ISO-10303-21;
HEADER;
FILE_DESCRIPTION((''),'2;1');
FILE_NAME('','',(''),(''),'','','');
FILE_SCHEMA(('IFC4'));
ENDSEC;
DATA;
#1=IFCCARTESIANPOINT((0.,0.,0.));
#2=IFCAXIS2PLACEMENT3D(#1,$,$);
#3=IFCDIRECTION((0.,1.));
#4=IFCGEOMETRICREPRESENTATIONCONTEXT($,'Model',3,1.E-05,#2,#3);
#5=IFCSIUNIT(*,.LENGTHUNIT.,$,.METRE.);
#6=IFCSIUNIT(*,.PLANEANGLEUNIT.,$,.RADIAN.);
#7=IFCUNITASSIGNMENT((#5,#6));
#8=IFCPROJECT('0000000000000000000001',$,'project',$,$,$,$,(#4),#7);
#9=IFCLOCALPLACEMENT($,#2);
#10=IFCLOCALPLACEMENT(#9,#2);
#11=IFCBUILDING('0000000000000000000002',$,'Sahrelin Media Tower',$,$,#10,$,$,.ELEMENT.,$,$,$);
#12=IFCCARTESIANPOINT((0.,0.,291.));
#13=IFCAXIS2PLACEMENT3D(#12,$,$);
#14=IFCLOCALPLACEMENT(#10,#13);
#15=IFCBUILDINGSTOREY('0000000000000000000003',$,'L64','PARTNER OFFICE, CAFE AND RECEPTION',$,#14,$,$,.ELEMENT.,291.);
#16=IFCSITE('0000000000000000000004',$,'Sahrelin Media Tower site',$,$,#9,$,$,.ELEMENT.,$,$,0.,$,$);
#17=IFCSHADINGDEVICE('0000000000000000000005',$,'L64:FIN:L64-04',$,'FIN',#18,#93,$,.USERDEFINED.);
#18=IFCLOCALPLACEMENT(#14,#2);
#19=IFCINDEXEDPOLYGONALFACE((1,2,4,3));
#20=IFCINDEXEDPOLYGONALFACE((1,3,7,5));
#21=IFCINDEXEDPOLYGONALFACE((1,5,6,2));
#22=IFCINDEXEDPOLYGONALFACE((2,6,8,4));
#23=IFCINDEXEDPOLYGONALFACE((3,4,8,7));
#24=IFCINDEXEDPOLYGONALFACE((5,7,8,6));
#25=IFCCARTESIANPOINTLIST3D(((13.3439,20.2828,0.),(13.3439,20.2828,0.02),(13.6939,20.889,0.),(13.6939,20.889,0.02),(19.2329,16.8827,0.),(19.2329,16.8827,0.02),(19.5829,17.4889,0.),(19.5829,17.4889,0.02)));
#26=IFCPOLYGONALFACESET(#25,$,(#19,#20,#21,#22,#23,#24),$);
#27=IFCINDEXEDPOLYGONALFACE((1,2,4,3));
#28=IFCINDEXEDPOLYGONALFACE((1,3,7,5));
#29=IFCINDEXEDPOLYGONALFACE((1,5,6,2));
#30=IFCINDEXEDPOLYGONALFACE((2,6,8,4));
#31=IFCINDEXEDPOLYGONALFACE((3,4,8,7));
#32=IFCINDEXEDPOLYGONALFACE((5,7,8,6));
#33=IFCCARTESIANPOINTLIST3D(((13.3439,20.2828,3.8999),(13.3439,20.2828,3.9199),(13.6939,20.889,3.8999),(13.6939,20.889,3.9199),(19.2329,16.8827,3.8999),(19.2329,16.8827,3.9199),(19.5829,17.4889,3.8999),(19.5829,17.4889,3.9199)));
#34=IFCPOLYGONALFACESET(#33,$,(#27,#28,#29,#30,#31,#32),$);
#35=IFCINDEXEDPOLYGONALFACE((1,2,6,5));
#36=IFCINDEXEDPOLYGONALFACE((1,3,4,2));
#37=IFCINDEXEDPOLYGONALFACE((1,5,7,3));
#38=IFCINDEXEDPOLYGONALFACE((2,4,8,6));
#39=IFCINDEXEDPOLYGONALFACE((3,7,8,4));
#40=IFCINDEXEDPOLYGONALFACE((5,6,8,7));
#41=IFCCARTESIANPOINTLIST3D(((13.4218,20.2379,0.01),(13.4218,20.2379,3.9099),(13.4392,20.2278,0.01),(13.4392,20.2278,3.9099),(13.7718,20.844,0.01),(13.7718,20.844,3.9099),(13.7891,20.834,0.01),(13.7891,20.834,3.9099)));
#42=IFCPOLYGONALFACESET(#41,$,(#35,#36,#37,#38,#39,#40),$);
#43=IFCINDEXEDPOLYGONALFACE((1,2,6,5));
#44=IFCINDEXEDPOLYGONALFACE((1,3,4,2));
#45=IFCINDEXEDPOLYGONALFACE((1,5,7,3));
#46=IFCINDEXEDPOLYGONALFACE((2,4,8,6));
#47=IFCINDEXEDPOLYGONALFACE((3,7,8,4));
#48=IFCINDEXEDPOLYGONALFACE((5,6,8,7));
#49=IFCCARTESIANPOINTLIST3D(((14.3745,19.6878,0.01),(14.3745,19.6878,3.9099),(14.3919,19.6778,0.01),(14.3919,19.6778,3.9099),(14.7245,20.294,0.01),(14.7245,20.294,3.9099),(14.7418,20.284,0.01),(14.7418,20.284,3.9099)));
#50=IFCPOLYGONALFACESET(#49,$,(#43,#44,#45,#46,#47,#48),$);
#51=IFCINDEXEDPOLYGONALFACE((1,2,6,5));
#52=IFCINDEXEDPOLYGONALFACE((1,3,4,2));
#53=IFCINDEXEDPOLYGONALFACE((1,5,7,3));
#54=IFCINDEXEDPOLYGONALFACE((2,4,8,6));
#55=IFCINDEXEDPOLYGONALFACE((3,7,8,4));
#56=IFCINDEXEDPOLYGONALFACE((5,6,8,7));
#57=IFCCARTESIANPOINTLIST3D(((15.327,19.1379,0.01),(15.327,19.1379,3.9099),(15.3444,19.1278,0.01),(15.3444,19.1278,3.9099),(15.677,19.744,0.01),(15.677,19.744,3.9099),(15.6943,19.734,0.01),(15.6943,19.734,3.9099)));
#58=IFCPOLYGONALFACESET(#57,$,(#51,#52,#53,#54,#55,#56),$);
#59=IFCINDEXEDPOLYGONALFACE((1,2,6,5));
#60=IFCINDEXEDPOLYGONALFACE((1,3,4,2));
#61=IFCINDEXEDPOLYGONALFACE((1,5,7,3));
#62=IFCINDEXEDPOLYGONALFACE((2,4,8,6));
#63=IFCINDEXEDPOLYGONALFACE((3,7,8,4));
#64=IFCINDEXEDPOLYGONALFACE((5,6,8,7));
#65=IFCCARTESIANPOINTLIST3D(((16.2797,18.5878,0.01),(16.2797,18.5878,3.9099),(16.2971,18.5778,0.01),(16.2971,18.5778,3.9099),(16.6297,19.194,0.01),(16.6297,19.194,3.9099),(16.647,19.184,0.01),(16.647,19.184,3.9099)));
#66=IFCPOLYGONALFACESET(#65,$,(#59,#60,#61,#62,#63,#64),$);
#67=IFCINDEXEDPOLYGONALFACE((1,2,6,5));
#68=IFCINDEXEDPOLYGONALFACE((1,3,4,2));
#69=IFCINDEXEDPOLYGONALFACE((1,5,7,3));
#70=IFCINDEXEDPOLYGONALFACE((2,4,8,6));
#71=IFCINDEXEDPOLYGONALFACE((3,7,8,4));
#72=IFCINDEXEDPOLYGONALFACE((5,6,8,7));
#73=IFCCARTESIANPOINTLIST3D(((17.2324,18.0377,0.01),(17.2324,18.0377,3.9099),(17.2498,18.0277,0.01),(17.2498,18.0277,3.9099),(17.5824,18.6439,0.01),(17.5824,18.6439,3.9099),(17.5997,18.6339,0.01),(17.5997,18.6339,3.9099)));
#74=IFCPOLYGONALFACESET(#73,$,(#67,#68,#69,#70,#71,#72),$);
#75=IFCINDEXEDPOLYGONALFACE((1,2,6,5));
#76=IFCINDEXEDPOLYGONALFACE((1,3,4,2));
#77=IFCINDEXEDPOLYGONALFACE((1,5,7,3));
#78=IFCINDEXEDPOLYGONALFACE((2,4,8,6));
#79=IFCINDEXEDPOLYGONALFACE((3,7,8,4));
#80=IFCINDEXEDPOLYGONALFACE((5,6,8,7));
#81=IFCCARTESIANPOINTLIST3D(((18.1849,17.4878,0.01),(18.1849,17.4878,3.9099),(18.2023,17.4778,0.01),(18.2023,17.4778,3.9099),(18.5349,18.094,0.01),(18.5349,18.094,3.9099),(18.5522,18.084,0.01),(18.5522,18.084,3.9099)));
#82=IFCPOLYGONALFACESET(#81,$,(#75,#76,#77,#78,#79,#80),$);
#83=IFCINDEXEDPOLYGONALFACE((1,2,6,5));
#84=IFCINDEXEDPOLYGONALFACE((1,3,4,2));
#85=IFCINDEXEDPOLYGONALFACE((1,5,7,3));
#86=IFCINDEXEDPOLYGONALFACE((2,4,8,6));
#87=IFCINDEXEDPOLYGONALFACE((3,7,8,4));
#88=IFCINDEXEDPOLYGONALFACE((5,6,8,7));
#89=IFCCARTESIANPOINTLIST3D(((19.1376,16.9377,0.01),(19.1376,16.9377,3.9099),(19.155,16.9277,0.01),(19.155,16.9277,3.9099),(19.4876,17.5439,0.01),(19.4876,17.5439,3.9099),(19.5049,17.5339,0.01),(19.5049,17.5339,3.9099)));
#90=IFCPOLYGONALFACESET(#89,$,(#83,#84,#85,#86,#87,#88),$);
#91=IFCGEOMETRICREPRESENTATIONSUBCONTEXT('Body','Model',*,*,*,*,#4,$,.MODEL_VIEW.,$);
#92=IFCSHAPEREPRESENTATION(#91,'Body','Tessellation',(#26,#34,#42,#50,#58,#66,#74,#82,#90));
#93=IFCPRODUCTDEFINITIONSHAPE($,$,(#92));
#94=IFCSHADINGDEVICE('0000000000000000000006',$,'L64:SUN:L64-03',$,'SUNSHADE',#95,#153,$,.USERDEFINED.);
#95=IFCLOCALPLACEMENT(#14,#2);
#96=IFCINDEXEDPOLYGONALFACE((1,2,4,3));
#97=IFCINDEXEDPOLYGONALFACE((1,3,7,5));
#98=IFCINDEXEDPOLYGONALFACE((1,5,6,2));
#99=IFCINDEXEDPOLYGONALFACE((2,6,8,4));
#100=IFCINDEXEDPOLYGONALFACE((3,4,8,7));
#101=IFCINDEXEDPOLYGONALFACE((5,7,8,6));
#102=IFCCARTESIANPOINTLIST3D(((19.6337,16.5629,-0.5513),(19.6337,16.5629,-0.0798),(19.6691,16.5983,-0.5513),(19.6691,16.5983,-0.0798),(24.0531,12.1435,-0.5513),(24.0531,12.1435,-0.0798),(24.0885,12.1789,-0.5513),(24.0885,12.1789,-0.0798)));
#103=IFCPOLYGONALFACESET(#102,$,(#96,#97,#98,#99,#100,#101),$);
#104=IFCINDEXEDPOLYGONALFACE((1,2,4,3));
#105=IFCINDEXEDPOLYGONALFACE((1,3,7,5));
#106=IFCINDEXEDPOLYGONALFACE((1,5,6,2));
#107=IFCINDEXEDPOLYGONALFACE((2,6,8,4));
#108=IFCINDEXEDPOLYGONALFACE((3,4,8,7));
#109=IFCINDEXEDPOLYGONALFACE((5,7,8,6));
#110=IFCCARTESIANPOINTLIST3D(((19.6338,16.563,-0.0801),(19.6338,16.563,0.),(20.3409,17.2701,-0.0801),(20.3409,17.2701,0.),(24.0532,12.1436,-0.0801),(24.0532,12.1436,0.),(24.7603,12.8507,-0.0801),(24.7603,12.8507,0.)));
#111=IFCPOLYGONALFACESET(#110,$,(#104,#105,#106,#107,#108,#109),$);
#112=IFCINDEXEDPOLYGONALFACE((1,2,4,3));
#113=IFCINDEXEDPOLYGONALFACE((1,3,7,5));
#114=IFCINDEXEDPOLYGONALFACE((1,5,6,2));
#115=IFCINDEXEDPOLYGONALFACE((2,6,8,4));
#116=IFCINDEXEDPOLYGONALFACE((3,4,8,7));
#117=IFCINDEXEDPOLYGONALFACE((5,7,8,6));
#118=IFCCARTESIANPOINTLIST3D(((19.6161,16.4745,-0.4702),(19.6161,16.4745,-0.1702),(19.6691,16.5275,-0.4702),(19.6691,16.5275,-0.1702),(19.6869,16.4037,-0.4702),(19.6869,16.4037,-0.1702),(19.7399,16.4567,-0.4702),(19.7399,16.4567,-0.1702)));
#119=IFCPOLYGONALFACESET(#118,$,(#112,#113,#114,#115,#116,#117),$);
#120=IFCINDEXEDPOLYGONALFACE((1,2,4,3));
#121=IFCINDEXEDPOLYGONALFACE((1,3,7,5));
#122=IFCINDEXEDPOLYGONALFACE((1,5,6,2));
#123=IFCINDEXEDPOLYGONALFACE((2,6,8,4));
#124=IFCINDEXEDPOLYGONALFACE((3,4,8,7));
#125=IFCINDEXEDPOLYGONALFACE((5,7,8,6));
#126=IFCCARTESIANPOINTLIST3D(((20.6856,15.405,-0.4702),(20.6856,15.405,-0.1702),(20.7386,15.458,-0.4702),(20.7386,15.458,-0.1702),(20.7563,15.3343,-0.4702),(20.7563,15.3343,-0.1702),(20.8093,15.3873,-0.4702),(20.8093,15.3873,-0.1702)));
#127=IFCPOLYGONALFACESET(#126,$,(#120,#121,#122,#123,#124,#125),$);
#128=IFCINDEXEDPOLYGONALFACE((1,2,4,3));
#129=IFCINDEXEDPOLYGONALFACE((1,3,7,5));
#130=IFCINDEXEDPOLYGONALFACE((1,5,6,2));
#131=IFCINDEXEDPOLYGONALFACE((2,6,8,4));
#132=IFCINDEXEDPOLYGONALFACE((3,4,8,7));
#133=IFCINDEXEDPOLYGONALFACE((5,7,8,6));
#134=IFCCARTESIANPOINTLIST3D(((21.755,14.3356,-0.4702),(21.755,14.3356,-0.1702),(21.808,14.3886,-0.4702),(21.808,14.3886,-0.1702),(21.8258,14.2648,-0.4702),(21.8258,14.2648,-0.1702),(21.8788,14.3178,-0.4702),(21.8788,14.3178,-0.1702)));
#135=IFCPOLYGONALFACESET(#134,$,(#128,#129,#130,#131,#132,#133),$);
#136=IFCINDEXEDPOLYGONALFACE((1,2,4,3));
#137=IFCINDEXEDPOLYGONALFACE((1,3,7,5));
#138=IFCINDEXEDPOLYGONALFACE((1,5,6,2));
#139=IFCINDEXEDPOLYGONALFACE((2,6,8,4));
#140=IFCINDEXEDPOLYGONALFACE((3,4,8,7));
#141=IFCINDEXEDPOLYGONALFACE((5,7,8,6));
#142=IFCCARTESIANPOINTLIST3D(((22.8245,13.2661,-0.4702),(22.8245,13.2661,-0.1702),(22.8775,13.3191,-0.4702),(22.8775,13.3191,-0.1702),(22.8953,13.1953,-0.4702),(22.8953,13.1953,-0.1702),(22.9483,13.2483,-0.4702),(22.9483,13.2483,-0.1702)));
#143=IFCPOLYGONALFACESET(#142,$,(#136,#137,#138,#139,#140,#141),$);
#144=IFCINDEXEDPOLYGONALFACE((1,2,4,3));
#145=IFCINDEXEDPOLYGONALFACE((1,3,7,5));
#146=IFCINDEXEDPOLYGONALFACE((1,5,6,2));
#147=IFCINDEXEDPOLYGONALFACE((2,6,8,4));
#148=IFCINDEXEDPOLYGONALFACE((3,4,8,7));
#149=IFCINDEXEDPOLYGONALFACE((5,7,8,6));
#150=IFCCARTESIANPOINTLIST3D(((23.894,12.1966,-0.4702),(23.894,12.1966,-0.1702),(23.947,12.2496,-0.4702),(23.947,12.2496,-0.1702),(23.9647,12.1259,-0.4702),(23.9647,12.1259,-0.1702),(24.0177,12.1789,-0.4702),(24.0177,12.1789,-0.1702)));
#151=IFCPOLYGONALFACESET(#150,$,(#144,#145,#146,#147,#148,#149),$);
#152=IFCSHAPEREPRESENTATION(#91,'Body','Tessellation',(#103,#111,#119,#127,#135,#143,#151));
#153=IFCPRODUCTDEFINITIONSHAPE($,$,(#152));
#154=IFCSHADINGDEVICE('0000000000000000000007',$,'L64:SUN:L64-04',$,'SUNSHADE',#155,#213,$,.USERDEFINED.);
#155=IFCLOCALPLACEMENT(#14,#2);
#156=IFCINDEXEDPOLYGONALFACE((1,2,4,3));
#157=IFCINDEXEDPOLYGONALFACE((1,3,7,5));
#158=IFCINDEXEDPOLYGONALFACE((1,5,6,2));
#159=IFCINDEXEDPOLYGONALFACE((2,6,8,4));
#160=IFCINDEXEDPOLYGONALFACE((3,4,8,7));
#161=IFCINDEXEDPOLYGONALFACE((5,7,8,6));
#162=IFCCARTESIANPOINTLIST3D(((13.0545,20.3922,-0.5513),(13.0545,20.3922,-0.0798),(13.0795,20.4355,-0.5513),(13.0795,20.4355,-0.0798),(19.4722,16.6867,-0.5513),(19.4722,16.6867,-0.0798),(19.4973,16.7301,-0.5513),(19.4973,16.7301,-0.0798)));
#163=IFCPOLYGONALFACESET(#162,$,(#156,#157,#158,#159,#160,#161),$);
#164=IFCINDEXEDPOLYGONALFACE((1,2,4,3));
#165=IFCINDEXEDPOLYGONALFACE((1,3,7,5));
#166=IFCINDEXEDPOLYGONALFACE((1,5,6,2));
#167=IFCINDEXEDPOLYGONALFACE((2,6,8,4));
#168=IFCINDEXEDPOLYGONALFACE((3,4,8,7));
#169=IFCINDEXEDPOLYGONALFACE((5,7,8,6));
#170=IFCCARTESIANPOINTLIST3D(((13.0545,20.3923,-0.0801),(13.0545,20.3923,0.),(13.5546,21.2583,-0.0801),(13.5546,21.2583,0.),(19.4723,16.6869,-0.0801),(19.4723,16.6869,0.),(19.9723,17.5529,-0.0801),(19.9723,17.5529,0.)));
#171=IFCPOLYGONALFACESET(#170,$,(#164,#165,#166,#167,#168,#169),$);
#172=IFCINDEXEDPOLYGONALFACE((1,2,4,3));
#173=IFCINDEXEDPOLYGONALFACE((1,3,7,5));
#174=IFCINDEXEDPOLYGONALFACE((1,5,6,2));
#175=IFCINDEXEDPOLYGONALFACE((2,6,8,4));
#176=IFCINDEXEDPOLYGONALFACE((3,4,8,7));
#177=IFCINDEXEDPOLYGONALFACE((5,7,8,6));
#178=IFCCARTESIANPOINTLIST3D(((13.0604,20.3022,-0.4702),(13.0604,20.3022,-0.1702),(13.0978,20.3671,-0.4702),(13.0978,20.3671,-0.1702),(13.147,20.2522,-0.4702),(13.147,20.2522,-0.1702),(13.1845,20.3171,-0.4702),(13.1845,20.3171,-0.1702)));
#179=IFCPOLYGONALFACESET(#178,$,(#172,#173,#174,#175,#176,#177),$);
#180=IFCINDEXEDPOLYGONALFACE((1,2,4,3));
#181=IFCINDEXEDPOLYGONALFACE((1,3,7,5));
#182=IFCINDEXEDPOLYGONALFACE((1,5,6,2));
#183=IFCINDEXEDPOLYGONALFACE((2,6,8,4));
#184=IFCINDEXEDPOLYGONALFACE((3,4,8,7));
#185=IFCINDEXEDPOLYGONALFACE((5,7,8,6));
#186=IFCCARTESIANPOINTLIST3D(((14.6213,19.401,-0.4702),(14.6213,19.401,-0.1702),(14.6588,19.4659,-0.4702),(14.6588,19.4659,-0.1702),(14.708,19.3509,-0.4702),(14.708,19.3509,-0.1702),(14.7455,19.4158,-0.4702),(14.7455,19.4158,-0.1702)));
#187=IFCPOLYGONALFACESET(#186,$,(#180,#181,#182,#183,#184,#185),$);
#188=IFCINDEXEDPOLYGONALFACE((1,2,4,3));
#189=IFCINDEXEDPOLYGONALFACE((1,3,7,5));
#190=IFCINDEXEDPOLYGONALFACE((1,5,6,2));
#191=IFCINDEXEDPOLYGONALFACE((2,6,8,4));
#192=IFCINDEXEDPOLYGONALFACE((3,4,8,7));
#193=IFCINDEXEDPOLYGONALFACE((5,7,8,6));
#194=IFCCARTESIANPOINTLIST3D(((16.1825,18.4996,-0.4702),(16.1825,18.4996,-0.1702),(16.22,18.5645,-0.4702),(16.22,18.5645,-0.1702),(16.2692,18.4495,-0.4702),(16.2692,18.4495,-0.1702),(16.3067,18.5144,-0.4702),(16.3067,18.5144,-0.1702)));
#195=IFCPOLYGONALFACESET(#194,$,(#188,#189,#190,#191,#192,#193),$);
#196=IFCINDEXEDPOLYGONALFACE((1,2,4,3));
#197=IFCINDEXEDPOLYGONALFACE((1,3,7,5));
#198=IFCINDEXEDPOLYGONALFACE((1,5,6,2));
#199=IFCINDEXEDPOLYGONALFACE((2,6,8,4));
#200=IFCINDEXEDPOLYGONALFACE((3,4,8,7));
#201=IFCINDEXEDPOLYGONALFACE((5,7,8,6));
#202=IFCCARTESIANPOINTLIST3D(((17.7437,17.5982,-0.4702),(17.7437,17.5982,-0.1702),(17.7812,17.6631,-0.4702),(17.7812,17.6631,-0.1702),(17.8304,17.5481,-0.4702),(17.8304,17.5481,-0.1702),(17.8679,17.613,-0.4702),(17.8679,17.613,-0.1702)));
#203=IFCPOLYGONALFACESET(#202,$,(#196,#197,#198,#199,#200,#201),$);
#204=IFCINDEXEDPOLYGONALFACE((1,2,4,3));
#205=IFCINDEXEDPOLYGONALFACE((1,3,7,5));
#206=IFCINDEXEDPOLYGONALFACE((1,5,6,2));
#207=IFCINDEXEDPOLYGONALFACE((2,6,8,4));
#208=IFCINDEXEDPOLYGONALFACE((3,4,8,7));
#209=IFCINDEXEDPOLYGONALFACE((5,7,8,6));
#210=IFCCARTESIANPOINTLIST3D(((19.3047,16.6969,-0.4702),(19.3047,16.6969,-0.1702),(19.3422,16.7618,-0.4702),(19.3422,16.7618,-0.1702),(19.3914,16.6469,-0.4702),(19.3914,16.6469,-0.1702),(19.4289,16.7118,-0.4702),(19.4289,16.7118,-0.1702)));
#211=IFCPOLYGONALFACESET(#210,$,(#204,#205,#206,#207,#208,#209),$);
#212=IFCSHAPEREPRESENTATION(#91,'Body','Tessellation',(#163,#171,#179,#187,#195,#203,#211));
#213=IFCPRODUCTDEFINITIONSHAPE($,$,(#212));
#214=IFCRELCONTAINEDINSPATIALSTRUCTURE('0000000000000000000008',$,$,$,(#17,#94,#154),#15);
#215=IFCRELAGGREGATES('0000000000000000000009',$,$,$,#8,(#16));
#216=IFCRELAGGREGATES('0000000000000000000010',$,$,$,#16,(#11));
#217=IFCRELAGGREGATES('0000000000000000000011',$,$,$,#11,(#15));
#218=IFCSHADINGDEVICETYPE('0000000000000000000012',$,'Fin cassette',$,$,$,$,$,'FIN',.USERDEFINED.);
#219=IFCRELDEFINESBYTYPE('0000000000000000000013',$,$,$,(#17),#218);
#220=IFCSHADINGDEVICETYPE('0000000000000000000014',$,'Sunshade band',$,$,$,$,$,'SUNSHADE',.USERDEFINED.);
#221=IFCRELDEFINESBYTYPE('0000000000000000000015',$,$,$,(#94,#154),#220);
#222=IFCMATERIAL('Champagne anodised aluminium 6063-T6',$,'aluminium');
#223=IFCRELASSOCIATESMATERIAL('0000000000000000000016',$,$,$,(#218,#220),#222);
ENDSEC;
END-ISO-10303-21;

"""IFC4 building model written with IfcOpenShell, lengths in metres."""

from ifc_helpers import new_model, si_unit, direction, frame, origin, origin_2d, place, context, subcontext, project, spatial, rectangle, extrude, material, type_object, element, save


model = new_model("IFC4")

# Units and contexts
model_context = context("Model", 3, precision=1e-05, world=origin(), true_north=direction((0.0, 1.0)))
body_context = subcontext(model_context, "Body", "Model", "MODEL_VIEW")
ifc_project = project(units=[si_unit("LENGTHUNIT", "METRE"), si_unit("PLANEANGLEUNIT", "RADIAN")], contexts=[model_context])

# Site, building, storey
site_placement = place(None, origin())
site = spatial("IfcSite", under=ifc_project, at=site_placement, Name="Sahrelin Media Tower site", CompositionType="ELEMENT", RefElevation=0.0)
building_placement = place(site_placement, origin())
building = spatial("IfcBuilding", under=site, at=building_placement, Name="Sahrelin Media Tower", CompositionType="ELEMENT")
storey_placement = place(building_placement, frame((0.0, 0.0, 291.0)))
storey = spatial("IfcBuildingStorey", under=building, at=storey_placement, Name="L64", Description="PARTNER OFFICE, CAFE AND RECEPTION", CompositionType="ELEMENT", Elevation=291.0)

# Shared definitions
ifc_material_1 = material(Name="Champagne anodised aluminium 6063-T6", Category="aluminium")

# Shading devices
shading_device_type_1 = type_object("IfcShadingDeviceType", Name="Fin cassette", ElementType="FIN", PredefinedType="USERDEFINED", material=ifc_material_1)
placement_1 = place(storey_placement, frame((21.8293, 14.3391, 0.0), z_axis=(0.0, 0.0, 1.0), x_axis=(0.707107, -0.707107, 0.0)))
placement_2 = place(storey_placement, frame((16.2534, 18.5222, 0.0), z_axis=(0.0, 0.0, 1.0), x_axis=(0.866019, -0.500011, 0.0)))
element("IfcShadingDevice", 1, at=placement_2, inside=storey, type_object=shading_device_type_1, Name="L64:FIN:L64-04", ObjectType="FIN", PredefinedType="USERDEFINED", context=body_context, shape_type="SweptSolid", body=[
    extrude(rectangle(XDim=6.8, YDim=0.7, at=origin_2d()), frame((0.0, 0.4199, 0.0)), (0.0, 0.0, 1.0), 0.02),
    extrude(rectangle(XDim=6.8, YDim=0.7, at=origin_2d()), frame((0.0, 0.4199, 3.8999)), (0.0, 0.0, 1.0), 0.02),
    extrude(rectangle(XDim=0.02, YDim=0.7, at=origin_2d()), frame((-3.3, 0.4199, 0.01), z_axis=(0.0, 0.0, 1.0), x_axis=(1.0, 0.0, 0.0)), (0.0, 0.0, 1.0), 3.8999),
    extrude(rectangle(XDim=0.02, YDim=0.7, at=origin_2d()), frame((-2.2, 0.4199, 0.01), z_axis=(0.0, 0.0, 1.0), x_axis=(1.0, 0.0, 0.0)), (0.0, 0.0, 1.0), 3.8999),
    extrude(rectangle(XDim=0.02, YDim=0.7, at=origin_2d()), frame((-1.1001, 0.4199, 0.01), z_axis=(0.0, 0.0, 1.0), x_axis=(1.0, 0.0, 0.0)), (0.0, 0.0, 1.0), 3.8999),
    extrude(rectangle(XDim=0.02, YDim=0.7, at=origin_2d()), frame((0.0, 0.4199, 0.01), z_axis=(0.0, 0.0, 1.0), x_axis=(1.0, 0.0, 0.0)), (0.0, 0.0, 1.0), 3.8999),
    extrude(rectangle(XDim=0.02, YDim=0.7, at=origin_2d()), frame((1.1001, 0.4199, 0.01), z_axis=(0.0, 0.0, 1.0), x_axis=(1.0, 0.0, 0.0)), (0.0, 0.0, 1.0), 3.8999),
    extrude(rectangle(XDim=0.02, YDim=0.7, at=origin_2d()), frame((2.2, 0.4199, 0.01), z_axis=(0.0, 0.0, 1.0), x_axis=(1.0, 0.0, 0.0)), (0.0, 0.0, 1.0), 3.8999),
    extrude(rectangle(XDim=0.02, YDim=0.7, at=origin_2d()), frame((3.3, 0.4199, 0.01), z_axis=(0.0, 0.0, 1.0), x_axis=(1.0, 0.0, 0.0)), (0.0, 0.0, 1.0), 3.8999),
])
shading_device_type_2 = type_object("IfcShadingDeviceType", Name="Sunshade band", ElementType="SUNSHADE", PredefinedType="USERDEFINED", material=ifc_material_1)
element("IfcShadingDevice", 2, at=placement_1, inside=storey, type_object=shading_device_type_2, Name="L64:SUN:L64-03", ObjectType="SUNSHADE", PredefinedType="USERDEFINED", context=body_context, shape_type="SweptSolid", body=[
    extrude(rectangle(XDim=6.25, YDim=0.05, at=origin_2d()), frame((0.0, 0.0449, -0.5513)), (0.0, 0.0, 1.0), 0.4714),
    extrude(rectangle(XDim=6.25, YDim=1.0, at=origin_2d()), frame((0.0, 0.52, -0.0801)), (0.0, 0.0, 1.0), 0.0801),
    extrude(rectangle(XDim=0.1001, YDim=0.075, at=origin_2d()), frame((-3.0249, -0.0176, -0.4702)), (0.0, 0.0, 1.0), 0.3),
    extrude(rectangle(XDim=0.1001, YDim=0.075, at=origin_2d()), frame((-1.5125, -0.0176, -0.4702)), (0.0, 0.0, 1.0), 0.3),
    extrude(rectangle(XDim=0.1001, YDim=0.075, at=origin_2d()), frame((0.0, -0.0176, -0.4702)), (0.0, 0.0, 1.0), 0.3),
    extrude(rectangle(XDim=0.1001, YDim=0.075, at=origin_2d()), frame((1.5125, -0.0176, -0.4702)), (0.0, 0.0, 1.0), 0.3),
    extrude(rectangle(XDim=0.1001, YDim=0.075, at=origin_2d()), frame((3.0249, -0.0176, -0.4702)), (0.0, 0.0, 1.0), 0.3),
])
element("IfcShadingDevice", 3, at=placement_2, inside=storey, type_object=shading_device_type_2, Name="L64:SUN:L64-04", ObjectType="SUNSHADE", PredefinedType="USERDEFINED", context=body_context, shape_type="SweptSolid", body=[
    extrude(rectangle(XDim=7.4106, YDim=0.05, at=origin_2d()), frame((0.0, 0.0449, -0.5513)), (0.0, 0.0, 1.0), 0.4714),
    extrude(rectangle(XDim=7.4106, YDim=1.0, at=origin_2d()), frame((0.0, 0.52, -0.0801)), (0.0, 0.0, 1.0), 0.0801),
    extrude(rectangle(XDim=0.1001, YDim=0.075, at=origin_2d()), frame((-3.6052, -0.0176, -0.4702)), (0.0, 0.0, 1.0), 0.3),
    extrude(rectangle(XDim=0.1001, YDim=0.075, at=origin_2d()), frame((-1.8027, -0.0176, -0.4702)), (0.0, 0.0, 1.0), 0.3),
    extrude(rectangle(XDim=0.1001, YDim=0.075, at=origin_2d()), frame((0.0, -0.0176, -0.4702)), (0.0, 0.0, 1.0), 0.3),
    extrude(rectangle(XDim=0.1001, YDim=0.075, at=origin_2d()), frame((1.8027, -0.0176, -0.4702)), (0.0, 0.0, 1.0), 0.3),
    extrude(rectangle(XDim=0.1001, YDim=0.075, at=origin_2d()), frame((3.6052, -0.0176, -0.4702)), (0.0, 0.0, 1.0), 0.3),
])

save(model, "model.ifc")
